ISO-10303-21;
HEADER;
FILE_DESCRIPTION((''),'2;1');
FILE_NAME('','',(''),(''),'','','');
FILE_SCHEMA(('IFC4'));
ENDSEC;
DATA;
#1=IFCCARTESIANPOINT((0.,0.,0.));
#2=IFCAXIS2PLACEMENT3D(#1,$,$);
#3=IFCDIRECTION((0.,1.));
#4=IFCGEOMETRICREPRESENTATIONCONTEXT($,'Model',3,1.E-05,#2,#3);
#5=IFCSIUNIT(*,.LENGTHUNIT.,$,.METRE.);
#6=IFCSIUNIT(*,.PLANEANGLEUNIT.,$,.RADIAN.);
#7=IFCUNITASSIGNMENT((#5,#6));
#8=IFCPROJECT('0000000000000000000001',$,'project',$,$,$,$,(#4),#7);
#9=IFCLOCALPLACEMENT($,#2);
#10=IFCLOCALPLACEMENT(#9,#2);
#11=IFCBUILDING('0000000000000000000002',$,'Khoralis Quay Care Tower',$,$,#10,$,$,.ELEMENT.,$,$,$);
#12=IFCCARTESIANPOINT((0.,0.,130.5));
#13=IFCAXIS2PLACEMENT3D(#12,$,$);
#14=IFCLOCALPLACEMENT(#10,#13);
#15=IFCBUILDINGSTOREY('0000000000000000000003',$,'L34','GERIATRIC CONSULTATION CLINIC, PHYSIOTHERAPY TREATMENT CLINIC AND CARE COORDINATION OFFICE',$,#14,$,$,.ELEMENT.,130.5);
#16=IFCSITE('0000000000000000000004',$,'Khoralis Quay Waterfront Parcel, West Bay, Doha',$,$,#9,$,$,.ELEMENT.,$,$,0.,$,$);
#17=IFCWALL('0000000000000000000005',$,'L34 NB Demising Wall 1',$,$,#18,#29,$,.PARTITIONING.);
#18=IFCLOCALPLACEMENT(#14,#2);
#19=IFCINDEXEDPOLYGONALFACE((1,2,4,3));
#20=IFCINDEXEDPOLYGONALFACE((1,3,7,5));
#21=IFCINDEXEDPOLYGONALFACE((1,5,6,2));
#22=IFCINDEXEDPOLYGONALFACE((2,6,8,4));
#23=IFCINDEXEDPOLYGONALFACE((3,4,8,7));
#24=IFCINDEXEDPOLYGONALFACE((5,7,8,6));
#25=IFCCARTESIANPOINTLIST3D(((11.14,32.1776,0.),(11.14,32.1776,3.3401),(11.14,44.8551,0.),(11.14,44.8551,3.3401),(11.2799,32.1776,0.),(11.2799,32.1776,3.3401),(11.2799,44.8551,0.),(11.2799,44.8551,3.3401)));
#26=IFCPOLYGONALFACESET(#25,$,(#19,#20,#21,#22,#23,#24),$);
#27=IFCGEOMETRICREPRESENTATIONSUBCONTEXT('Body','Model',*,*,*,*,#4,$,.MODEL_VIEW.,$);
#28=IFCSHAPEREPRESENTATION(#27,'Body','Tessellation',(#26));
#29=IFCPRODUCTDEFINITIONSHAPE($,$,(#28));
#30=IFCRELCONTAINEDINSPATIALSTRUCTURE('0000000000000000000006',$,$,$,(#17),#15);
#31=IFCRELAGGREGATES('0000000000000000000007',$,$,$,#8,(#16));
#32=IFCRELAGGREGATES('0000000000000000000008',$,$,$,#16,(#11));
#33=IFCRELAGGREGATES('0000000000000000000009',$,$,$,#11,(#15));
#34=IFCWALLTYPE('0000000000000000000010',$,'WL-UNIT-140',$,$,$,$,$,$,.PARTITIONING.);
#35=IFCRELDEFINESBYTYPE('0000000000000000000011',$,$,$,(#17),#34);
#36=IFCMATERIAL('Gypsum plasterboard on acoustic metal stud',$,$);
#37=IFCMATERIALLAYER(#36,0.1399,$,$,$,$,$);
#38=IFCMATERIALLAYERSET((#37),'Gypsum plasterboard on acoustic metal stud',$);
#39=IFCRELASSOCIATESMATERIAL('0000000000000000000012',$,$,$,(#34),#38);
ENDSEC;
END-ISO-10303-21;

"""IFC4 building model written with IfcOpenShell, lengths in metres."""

from ifc_helpers import new_model, si_unit, direction, frame, frame_2d, origin, place, context, subcontext, project, spatial, rectangle, extrude, material, layer, layer_set, type_object, element, save


model = new_model("IFC4")

# Units and contexts
model_context = context("Model", 3, precision=1e-05, world=origin(), true_north=direction((0.0, 1.0)))
body_context = subcontext(model_context, "Body", "Model", "MODEL_VIEW")
ifc_project = project(units=[si_unit("LENGTHUNIT", "METRE"), si_unit("PLANEANGLEUNIT", "RADIAN")], contexts=[model_context])

# Site, building, storey
site_placement = place(None, origin())
site = spatial("IfcSite", under=ifc_project, at=site_placement, Name="Khoralis Quay Waterfront Parcel, West Bay, Doha", CompositionType="ELEMENT", RefElevation=0.0)
building_placement = place(site_placement, origin())
building = spatial("IfcBuilding", under=site, at=building_placement, Name="Khoralis Quay Care Tower", CompositionType="ELEMENT")
storey_placement = place(building_placement, frame((0.0, 0.0, 130.5)))
storey = spatial("IfcBuildingStorey", under=building, at=storey_placement, Name="L34", Description="GERIATRIC CONSULTATION CLINIC, PHYSIOTHERAPY TREATMENT CLINIC AND CARE COORDINATION OFFICE", CompositionType="ELEMENT", Elevation=130.5)

# Shared definitions
ifc_material_1 = material(Name="Gypsum plasterboard on acoustic metal stud")

# Wall
ifc_layer_1 = layer(ifc_material_1, 0.1399)
ifc_layer_set_1 = layer_set([ifc_layer_1], Name="Gypsum plasterboard on acoustic metal stud")
wall_type_1 = type_object("IfcWallType", Name="WL-UNIT-140", PredefinedType="PARTITIONING", material=ifc_layer_set_1)
wall_1_placement = place(storey_placement, frame((11.21, 32.1775, 0.0), z_axis=(0.0, 0.0, 1.0), x_axis=(0.0, 1.0, 0.0)))
element("IfcWall", 1, at=wall_1_placement, inside=storey, type_object=wall_type_1, Name="L34 NB Demising Wall 1", PredefinedType="PARTITIONING", context=body_context, shape_type="SweptSolid", body=[
    extrude(rectangle(XDim=12.6775, YDim=0.1399, at=frame_2d((6.3389, 0.0))), origin(), (0.0, 0.0, 1.0), 3.3401),
])

save(model, "model.ifc")
